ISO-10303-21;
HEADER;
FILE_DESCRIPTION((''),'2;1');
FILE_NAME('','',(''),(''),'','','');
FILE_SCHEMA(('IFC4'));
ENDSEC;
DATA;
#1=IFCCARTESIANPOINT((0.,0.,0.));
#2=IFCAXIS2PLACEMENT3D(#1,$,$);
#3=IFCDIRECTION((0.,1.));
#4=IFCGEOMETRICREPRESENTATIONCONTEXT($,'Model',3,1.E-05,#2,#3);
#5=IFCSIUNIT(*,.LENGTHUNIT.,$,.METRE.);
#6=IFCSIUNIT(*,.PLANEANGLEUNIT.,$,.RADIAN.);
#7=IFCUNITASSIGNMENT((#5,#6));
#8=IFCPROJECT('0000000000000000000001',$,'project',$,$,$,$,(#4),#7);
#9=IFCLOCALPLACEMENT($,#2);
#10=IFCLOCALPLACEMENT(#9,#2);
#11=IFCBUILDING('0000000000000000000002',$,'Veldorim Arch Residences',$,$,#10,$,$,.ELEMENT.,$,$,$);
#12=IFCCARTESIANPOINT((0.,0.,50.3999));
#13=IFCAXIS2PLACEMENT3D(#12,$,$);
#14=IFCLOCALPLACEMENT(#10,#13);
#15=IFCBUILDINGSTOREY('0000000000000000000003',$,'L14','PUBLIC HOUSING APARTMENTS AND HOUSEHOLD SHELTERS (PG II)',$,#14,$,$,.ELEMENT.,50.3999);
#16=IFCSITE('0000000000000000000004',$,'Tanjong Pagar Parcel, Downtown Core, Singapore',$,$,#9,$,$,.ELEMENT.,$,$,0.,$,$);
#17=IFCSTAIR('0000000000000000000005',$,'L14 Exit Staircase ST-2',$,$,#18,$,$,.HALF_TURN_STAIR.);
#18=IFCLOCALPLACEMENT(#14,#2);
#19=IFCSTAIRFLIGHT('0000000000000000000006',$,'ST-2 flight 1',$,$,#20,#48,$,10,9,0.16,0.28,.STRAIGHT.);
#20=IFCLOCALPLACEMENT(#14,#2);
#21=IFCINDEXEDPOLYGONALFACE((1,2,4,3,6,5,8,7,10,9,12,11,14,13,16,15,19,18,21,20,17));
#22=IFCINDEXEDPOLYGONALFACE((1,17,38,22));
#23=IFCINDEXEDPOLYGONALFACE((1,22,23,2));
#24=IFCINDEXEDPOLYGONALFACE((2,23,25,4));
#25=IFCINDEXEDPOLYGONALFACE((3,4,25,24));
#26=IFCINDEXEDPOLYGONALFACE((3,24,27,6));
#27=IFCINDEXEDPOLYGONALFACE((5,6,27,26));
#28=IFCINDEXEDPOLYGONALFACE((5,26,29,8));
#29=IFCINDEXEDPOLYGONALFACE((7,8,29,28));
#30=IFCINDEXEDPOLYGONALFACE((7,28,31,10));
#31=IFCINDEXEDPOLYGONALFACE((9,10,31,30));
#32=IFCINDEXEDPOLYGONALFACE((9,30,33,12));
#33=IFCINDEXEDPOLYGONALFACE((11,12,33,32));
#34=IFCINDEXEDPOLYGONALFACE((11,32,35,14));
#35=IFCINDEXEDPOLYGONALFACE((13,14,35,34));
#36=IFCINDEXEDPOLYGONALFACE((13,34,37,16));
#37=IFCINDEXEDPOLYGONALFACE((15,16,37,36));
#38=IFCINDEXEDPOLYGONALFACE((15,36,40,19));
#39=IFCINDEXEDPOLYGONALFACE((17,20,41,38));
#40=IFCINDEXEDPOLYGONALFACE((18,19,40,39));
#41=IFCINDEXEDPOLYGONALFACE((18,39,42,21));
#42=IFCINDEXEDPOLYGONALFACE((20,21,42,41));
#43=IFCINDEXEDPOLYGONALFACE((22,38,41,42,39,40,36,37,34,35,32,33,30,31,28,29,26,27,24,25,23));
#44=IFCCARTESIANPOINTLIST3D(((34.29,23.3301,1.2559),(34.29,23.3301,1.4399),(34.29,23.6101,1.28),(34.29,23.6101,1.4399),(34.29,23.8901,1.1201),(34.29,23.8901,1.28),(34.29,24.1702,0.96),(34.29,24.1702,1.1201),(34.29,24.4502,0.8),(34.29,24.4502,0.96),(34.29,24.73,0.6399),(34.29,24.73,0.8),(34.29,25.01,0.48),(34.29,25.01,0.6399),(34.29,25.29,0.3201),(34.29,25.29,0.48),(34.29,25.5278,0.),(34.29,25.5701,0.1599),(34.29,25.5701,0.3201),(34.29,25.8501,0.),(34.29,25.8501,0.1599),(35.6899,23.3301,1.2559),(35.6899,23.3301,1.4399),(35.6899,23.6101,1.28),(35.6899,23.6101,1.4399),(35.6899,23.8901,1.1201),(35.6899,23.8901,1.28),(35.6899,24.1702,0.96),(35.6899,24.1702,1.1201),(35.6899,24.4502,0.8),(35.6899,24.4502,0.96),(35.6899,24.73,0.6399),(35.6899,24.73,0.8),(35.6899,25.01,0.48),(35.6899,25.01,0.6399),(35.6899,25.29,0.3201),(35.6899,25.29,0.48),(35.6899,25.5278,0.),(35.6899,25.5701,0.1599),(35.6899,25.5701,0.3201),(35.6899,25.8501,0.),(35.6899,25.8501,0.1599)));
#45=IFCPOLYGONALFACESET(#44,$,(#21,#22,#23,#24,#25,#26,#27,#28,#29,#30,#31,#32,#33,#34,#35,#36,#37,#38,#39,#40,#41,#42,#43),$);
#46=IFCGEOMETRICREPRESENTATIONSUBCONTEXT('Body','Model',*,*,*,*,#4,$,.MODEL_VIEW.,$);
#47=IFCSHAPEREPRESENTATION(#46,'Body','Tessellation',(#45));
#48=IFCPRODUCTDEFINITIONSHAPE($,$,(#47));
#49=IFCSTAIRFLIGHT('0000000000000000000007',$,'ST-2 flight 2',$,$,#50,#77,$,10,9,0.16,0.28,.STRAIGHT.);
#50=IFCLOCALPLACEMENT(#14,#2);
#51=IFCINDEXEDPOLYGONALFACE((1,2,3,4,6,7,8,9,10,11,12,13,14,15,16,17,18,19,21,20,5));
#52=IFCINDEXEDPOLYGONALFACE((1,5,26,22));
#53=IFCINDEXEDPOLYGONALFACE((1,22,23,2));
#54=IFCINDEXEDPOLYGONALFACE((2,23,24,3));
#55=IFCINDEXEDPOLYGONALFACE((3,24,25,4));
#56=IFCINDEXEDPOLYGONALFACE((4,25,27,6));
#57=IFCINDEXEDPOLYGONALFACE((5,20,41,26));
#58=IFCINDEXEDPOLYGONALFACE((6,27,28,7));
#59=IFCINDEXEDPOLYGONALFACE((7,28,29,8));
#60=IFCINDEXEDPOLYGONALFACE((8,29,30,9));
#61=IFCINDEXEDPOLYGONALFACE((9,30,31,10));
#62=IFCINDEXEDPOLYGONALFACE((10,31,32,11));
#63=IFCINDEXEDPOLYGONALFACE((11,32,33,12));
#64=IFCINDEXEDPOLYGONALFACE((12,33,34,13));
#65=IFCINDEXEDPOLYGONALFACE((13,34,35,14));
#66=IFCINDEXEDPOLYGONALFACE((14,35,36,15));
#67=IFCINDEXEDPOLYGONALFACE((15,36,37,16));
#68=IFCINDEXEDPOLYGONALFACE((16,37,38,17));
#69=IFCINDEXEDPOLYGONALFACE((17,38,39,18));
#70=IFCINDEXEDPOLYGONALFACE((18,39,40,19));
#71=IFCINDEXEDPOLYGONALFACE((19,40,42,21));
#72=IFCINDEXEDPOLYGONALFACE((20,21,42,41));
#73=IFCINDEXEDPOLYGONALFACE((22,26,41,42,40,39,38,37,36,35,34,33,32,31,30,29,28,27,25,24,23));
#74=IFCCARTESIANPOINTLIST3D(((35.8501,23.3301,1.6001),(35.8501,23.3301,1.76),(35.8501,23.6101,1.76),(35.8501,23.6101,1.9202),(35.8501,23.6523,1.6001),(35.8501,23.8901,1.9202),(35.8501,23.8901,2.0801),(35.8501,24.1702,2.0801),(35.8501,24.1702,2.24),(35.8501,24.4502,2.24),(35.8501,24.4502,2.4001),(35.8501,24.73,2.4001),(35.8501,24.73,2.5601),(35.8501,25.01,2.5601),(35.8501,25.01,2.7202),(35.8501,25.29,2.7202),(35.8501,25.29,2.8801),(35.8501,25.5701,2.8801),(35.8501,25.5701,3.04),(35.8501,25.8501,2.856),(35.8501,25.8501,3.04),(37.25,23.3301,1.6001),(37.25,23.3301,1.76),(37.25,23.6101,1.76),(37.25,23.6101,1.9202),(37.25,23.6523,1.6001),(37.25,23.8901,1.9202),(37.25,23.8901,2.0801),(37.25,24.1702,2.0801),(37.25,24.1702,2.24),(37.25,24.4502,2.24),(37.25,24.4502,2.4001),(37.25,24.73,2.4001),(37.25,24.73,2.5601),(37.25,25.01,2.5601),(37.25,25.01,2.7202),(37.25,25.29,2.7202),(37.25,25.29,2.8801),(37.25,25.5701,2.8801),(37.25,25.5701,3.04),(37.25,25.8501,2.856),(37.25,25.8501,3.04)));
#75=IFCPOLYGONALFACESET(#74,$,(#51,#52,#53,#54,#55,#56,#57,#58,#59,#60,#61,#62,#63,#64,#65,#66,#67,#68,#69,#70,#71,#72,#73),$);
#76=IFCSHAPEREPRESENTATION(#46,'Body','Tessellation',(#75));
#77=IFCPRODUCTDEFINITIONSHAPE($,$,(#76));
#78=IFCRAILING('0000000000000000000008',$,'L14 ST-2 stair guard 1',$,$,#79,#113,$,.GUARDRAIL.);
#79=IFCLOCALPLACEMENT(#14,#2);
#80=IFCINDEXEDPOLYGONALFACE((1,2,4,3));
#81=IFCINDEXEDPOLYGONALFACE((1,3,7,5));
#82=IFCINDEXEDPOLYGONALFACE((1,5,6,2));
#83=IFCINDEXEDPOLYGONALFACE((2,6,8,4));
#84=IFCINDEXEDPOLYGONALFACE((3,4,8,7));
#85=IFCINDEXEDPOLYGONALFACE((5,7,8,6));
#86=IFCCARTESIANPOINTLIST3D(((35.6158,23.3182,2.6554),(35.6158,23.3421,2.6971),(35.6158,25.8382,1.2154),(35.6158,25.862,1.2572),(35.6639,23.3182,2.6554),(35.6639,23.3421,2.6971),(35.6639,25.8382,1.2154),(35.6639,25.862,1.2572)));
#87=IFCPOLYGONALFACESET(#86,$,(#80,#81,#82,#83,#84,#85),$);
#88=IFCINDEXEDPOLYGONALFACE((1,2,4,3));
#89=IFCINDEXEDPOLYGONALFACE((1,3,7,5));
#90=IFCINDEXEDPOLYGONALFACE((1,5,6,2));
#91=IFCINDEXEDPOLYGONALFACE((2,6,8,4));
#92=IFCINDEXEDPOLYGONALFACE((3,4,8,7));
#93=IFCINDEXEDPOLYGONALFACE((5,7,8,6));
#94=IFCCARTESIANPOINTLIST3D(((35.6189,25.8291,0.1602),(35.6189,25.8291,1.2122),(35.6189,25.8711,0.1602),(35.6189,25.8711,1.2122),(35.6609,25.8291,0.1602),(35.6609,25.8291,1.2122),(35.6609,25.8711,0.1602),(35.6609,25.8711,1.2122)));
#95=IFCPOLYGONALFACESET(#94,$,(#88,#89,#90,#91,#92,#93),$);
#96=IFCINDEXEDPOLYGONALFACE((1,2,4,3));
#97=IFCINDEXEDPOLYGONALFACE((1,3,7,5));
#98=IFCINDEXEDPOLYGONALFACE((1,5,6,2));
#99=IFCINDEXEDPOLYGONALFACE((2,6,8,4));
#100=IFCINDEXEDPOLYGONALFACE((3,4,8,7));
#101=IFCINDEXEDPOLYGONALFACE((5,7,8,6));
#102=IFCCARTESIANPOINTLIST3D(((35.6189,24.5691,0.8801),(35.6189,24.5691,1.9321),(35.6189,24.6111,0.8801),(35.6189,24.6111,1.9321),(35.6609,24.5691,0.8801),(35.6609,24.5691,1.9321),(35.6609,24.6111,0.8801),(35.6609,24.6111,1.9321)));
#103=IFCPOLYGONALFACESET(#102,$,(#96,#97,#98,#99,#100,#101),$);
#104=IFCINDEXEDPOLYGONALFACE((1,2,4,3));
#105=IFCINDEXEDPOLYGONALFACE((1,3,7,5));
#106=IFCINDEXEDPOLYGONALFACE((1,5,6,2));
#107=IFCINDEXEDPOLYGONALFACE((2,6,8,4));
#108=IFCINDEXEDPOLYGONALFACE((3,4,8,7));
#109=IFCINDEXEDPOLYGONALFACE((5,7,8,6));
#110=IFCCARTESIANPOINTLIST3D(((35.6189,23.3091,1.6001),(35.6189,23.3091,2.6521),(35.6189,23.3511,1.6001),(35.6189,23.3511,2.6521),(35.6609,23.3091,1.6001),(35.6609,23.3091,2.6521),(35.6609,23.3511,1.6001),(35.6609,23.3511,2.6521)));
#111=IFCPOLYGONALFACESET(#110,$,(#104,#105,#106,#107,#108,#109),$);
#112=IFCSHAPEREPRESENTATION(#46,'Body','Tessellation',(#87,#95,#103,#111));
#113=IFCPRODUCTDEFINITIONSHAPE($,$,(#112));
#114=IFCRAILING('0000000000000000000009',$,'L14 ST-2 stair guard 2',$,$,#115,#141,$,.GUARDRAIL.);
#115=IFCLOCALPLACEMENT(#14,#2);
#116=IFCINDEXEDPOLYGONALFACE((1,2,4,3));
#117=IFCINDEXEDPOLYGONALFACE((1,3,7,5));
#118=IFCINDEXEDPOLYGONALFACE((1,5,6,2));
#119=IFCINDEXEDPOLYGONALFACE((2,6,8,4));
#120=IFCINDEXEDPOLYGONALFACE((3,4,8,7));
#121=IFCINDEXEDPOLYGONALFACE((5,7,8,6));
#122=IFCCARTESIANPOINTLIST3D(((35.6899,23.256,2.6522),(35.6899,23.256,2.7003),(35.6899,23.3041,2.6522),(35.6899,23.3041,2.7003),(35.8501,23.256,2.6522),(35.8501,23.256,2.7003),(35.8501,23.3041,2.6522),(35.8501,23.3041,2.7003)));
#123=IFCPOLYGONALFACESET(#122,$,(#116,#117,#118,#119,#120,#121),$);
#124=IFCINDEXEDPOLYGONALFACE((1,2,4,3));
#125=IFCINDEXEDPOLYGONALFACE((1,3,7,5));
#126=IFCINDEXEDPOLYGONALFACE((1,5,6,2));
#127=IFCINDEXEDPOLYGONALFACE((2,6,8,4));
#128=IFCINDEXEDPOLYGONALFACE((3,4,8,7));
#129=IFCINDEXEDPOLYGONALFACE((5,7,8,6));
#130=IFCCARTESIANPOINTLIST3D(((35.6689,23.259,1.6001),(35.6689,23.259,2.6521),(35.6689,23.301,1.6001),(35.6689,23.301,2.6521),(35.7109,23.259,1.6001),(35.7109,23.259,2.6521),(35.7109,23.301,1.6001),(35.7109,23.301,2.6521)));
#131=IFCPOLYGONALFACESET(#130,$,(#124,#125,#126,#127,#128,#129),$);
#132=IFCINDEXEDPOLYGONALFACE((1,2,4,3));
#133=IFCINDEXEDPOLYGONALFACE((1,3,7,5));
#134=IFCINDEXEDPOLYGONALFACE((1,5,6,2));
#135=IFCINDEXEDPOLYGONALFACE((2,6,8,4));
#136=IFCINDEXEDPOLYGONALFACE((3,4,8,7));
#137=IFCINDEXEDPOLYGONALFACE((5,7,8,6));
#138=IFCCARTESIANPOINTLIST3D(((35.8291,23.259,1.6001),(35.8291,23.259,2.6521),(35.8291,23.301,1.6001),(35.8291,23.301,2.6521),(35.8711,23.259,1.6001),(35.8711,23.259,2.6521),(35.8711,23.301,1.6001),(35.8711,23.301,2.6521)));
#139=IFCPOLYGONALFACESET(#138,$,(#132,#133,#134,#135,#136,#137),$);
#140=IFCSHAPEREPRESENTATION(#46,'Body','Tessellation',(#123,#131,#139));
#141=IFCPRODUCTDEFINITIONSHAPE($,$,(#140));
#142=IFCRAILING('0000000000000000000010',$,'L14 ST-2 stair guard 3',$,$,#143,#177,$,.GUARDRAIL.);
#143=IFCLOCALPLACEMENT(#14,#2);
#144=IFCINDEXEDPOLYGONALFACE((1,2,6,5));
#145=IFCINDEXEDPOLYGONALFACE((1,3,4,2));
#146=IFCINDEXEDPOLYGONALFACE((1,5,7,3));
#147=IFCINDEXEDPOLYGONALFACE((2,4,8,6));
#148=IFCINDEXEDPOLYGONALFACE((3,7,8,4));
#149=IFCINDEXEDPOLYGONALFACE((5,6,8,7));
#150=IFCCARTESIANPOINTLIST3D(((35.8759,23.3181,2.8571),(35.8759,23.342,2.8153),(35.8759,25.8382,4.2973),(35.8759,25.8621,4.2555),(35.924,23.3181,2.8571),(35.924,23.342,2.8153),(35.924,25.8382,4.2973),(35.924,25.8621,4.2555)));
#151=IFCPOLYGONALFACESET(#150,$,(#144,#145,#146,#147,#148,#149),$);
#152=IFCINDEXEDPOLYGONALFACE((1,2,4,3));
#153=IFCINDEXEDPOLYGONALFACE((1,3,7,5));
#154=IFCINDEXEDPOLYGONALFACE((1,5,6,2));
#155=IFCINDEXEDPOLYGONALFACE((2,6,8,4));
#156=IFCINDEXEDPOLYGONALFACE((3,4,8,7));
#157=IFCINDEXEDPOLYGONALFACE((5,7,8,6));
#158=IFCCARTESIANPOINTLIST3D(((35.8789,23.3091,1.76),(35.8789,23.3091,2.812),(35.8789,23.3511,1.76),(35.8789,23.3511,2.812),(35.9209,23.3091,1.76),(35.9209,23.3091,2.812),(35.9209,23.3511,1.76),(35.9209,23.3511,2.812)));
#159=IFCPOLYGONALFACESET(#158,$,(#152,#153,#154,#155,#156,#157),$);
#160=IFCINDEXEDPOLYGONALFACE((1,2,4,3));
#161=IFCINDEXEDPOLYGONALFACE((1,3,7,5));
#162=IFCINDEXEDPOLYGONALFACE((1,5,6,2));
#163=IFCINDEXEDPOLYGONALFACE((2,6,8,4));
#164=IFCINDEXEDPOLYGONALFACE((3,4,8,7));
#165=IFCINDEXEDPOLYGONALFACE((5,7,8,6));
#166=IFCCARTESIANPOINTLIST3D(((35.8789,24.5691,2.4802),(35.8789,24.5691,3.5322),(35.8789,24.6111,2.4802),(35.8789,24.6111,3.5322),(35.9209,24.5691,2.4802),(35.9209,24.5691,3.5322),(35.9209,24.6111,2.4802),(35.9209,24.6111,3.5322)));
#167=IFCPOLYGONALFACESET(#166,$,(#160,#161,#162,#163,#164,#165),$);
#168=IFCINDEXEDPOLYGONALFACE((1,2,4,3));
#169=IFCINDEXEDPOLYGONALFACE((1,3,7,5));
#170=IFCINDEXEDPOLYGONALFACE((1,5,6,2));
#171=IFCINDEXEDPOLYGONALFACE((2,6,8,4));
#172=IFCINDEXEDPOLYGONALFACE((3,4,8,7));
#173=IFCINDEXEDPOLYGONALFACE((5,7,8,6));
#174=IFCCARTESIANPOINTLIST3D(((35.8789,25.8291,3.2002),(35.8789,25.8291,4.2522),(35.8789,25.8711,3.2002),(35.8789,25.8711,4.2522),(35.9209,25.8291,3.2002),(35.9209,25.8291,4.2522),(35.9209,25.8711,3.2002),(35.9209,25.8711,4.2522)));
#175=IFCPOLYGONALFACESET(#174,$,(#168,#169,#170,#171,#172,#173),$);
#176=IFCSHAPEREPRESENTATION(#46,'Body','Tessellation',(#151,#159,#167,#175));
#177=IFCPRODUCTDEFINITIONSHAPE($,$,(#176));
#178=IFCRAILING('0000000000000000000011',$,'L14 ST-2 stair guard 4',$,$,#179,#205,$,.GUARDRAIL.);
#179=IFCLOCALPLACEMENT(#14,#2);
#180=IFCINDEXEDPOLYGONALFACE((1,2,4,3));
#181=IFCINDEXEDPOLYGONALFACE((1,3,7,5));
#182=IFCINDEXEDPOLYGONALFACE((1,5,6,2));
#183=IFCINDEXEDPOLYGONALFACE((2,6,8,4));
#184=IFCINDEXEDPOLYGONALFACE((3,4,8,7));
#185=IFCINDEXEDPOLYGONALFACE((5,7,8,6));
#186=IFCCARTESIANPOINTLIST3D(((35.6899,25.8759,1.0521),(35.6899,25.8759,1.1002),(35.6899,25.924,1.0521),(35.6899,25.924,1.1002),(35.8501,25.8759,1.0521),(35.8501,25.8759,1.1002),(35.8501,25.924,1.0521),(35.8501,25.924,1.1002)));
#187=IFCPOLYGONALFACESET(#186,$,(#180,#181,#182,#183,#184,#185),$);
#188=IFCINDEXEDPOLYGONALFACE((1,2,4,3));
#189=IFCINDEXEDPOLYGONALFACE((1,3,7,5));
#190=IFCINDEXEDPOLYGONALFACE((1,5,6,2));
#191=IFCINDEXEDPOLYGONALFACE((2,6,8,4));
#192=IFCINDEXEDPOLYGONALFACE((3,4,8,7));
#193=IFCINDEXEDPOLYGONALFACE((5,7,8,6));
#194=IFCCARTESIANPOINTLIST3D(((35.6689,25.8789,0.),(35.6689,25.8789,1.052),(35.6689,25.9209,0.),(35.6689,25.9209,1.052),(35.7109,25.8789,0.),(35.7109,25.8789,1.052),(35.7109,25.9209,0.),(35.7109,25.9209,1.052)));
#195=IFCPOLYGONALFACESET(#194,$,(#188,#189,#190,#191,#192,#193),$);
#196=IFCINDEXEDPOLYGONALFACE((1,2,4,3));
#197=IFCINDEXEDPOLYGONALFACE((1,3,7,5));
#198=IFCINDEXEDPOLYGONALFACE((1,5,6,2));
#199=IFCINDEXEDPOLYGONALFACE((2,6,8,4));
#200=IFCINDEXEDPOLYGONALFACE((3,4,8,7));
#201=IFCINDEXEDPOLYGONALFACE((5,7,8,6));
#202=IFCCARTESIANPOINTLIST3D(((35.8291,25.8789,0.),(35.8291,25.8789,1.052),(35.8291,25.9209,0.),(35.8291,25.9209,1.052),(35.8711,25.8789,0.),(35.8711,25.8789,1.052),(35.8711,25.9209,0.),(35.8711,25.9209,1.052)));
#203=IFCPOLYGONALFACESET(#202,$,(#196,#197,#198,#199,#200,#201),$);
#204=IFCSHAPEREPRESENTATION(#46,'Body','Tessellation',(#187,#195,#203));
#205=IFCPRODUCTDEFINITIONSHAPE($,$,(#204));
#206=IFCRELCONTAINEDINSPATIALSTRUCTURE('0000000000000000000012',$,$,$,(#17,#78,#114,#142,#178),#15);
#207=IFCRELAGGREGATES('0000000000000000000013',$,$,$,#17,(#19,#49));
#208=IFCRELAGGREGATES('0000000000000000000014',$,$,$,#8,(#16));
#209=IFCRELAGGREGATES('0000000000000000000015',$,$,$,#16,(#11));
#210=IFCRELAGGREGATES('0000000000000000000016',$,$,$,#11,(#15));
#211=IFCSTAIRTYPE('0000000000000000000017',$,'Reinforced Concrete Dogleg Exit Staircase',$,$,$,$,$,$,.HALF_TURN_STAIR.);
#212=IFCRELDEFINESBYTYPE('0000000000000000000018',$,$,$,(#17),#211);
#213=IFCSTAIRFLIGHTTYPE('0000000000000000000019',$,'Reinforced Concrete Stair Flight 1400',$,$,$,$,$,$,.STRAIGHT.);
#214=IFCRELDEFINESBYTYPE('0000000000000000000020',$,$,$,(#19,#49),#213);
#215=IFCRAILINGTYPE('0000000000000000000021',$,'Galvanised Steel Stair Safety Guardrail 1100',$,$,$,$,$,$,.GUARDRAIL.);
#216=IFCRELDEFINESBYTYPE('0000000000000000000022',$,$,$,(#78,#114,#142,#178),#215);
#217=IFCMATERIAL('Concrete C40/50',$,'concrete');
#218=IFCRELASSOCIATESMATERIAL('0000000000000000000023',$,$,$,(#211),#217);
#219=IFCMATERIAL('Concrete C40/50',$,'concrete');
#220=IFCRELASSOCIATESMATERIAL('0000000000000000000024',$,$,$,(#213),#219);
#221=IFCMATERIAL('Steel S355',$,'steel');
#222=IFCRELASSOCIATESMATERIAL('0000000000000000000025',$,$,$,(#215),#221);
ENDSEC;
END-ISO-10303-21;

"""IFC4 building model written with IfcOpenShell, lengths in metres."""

from ifc_helpers import new_model, si_unit, direction, frame, origin, origin_2d, place, context, subcontext, project, spatial, polyline, rectangle, outline, extrude, material, type_object, element, aggregate, save


model = new_model("IFC4")

# Units and contexts
model_context = context("Model", 3, precision=1e-05, world=origin(), true_north=direction((0.0, 1.0)))
body_context = subcontext(model_context, "Body", "Model", "MODEL_VIEW")
ifc_project = project(units=[si_unit("LENGTHUNIT", "METRE"), si_unit("PLANEANGLEUNIT", "RADIAN")], contexts=[model_context])

# Site, building, storey
site_placement = place(None, origin())
site = spatial("IfcSite", under=ifc_project, at=site_placement, Name="Tanjong Pagar Parcel, Downtown Core, Singapore", CompositionType="ELEMENT", RefElevation=0.0)
building_placement = place(site_placement, origin())
building = spatial("IfcBuilding", under=site, at=building_placement, Name="Veldorim Arch Residences", CompositionType="ELEMENT")
storey_placement = place(building_placement, frame((0.0, 0.0, 50.3999)))
storey = spatial("IfcBuildingStorey", under=building, at=storey_placement, Name="L14", Description="PUBLIC HOUSING APARTMENTS AND HOUSEHOLD SHELTERS (PG II)", CompositionType="ELEMENT", Elevation=50.3999)

# Stair, stair flights
ifc_material_1 = material(Name="Concrete C40/50", Category="concrete")
stair_type = type_object("IfcStairType", Name="Reinforced Concrete Dogleg Exit Staircase", PredefinedType="HALF_TURN_STAIR", material=ifc_material_1)
stair_placement = place(storey_placement, origin())
stair = element("IfcStair", 1, at=stair_placement, inside=storey, type_object=stair_type, Name="L14 Exit Staircase ST-2", PredefinedType="HALF_TURN_STAIR")
ifc_material_2 = material(Name="Concrete C40/50", Category="concrete")
stair_flight_type = type_object("IfcStairFlightType", Name="Reinforced Concrete Stair Flight 1400", PredefinedType="STRAIGHT", material=ifc_material_2)
stair_flight_1_placement = place(storey_placement, frame((34.99, 25.8501, 0.0), z_axis=(0.0, 0.0, 1.0), x_axis=(0.0, -1.0, 0.0)))
stair_flight_1 = element("IfcStairFlight", 2, at=stair_flight_1_placement, type_object=stair_flight_type, Name="ST-2 flight 1", NumberOfRisers=10, NumberOfTreads=9, PredefinedType="STRAIGHT", RiserHeight=0.16, TreadLength=0.28, context=body_context, shape_type="SweptSolid", body=[
    extrude(outline(polyline([(0.0, 0.0), (0.0, 0.1599), (0.28, 0.1599), (0.28, 0.3201), (0.5601, 0.3201), (0.5601, 0.48), (0.8401, 0.48), (0.8401, 0.6399), (1.1201, 0.6399), (1.1201, 0.8), (1.3999, 0.8), (1.3999, 0.96), (1.6799, 0.96), (1.6799, 1.1201), (1.96, 1.1201), (1.96, 1.28), (2.24, 1.28), (2.24, 1.4399), (2.52, 1.4399), (2.52, 1.6001), (2.52, 1.2559), (0.3223, 0.0), (0.0, 0.0)])), frame((0.0, 0.7, 0.0), z_axis=(0.0, -1.0, 0.0), x_axis=(1.0, 0.0, 0.0)), (0.0, 0.0, 1.0), 1.3999),
])
stair_flight_2_placement = place(storey_placement, frame((36.55, 23.3301, 1.6001), z_axis=(0.0, 0.0, 1.0), x_axis=(0.0, 1.0, 0.0)))
stair_flight_2 = element("IfcStairFlight", 3, at=stair_flight_2_placement, type_object=stair_flight_type, Name="ST-2 flight 2", NumberOfRisers=10, NumberOfTreads=9, PredefinedType="STRAIGHT", RiserHeight=0.16, TreadLength=0.28, context=body_context, shape_type="SweptSolid", body=[
    extrude(outline(polyline([(0.0, 0.0), (0.0, 0.1599), (0.28, 0.1599), (0.28, 0.3201), (0.5601, 0.3201), (0.5601, 0.48), (0.8401, 0.48), (0.8401, 0.6399), (1.1201, 0.6399), (1.1201, 0.8), (1.3999, 0.8), (1.3999, 0.96), (1.6799, 0.96), (1.6799, 1.1201), (1.96, 1.1201), (1.96, 1.28), (2.24, 1.28), (2.24, 1.4399), (2.52, 1.4399), (2.52, 1.6001), (2.52, 1.2559), (0.3223, 0.0), (0.0, 0.0)])), frame((0.0, 0.7, 0.0), z_axis=(0.0, -1.0, 0.0), x_axis=(1.0, 0.0, 0.0)), (0.0, 0.0, 1.0), 1.3999),
])
aggregate(stair, [stair_flight_1, stair_flight_2])

# Railings
ifc_material_3 = material(Name="Steel S355", Category="steel")
railing_type_1 = type_object("IfcRailingType", Name="Galvanised Steel Stair Safety Guardrail 1100", PredefinedType="GUARDRAIL", material=ifc_material_3)
railing_1_placement = place(storey_placement, frame((35.6399, 25.8501, 0.1602)))
element("IfcRailing", 4, at=railing_1_placement, inside=storey, type_object=railing_type_1, Name="L14 ST-2 stair guard 1", PredefinedType="GUARDRAIL", context=body_context, shape_type="SweptSolid", body=[
    extrude(rectangle(XDim=0.0481, YDim=0.0481, at=origin_2d()), frame((0.0, 0.0, 1.0762), z_axis=(0.0, -0.868253, 0.496121), x_axis=(1.0, 0.0, 0.0)), (0.0, 0.0, 1.0), 2.9023),
    extrude(rectangle(XDim=0.042, YDim=0.042, at=origin_2d()), origin(), (0.0, 0.0, 1.0), 1.052),
    extrude(rectangle(XDim=0.042, YDim=0.042, at=origin_2d()), frame((0.0, -1.26, 0.72)), (0.0, 0.0, 1.0), 1.052),
    extrude(rectangle(XDim=0.042, YDim=0.042, at=origin_2d()), frame((0.0, -2.52, 1.4399)), (0.0, 0.0, 1.0), 1.052),
])
railing_2_placement = place(storey_placement, frame((35.6899, 23.28, 1.6001)))
element("IfcRailing", 5, at=railing_2_placement, inside=storey, type_object=railing_type_1, Name="L14 ST-2 stair guard 2", PredefinedType="GUARDRAIL", context=body_context, shape_type="SweptSolid", body=[
    extrude(rectangle(XDim=0.0481, YDim=0.0481, at=origin_2d()), frame((0.0, 0.0, 1.0762), z_axis=(1.0, 0.0, 0.0), x_axis=(0.0, 1.0, 0.0)), (0.0, 0.0, 1.0), 0.1602),
    extrude(rectangle(XDim=0.042, YDim=0.042, at=origin_2d()), origin(), (0.0, 0.0, 1.0), 1.052),
    extrude(rectangle(XDim=0.042, YDim=0.042, at=origin_2d()), frame((0.1602, 0.0, 0.0)), (0.0, 0.0, 1.0), 1.052),
])
railing_3_placement = place(storey_placement, frame((35.8999, 23.3301, 1.76)))
element("IfcRailing", 6, at=railing_3_placement, inside=storey, type_object=railing_type_1, Name="L14 ST-2 stair guard 3", PredefinedType="GUARDRAIL", context=body_context, shape_type="SweptSolid", body=[
    extrude(rectangle(XDim=0.0481, YDim=0.0481, at=origin_2d()), frame((0.0, 0.0, 1.0762), z_axis=(0.0, 0.868217, 0.496184), x_axis=(-1.0, 0.0, 0.0)), (0.0, 0.0, 1.0), 2.9026),
    extrude(rectangle(XDim=0.042, YDim=0.042, at=origin_2d()), origin(), (0.0, 0.0, 1.0), 1.052),
    extrude(rectangle(XDim=0.042, YDim=0.042, at=origin_2d()), frame((0.0, 1.26, 0.7202)), (0.0, 0.0, 1.0), 1.052),
    extrude(rectangle(XDim=0.042, YDim=0.042, at=origin_2d()), frame((0.0, 2.52, 1.4402)), (0.0, 0.0, 1.0), 1.052),
])
railing_4_placement = place(storey_placement, frame((35.6899, 25.8999, 0.0)))
element("IfcRailing", 7, at=railing_4_placement, inside=storey, type_object=railing_type_1, Name="L14 ST-2 stair guard 4", PredefinedType="GUARDRAIL", context=body_context, shape_type="SweptSolid", body=[
    extrude(rectangle(XDim=0.0481, YDim=0.0481, at=origin_2d()), frame((0.0, 0.0, 1.0762), z_axis=(1.0, 0.0, 0.0), x_axis=(0.0, 1.0, 0.0)), (0.0, 0.0, 1.0), 0.1602),
    extrude(rectangle(XDim=0.042, YDim=0.042, at=origin_2d()), origin(), (0.0, 0.0, 1.0), 1.052),
    extrude(rectangle(XDim=0.042, YDim=0.042, at=origin_2d()), frame((0.1602, 0.0, 0.0)), (0.0, 0.0, 1.0), 1.052),
])

save(model, "model.ifc")
